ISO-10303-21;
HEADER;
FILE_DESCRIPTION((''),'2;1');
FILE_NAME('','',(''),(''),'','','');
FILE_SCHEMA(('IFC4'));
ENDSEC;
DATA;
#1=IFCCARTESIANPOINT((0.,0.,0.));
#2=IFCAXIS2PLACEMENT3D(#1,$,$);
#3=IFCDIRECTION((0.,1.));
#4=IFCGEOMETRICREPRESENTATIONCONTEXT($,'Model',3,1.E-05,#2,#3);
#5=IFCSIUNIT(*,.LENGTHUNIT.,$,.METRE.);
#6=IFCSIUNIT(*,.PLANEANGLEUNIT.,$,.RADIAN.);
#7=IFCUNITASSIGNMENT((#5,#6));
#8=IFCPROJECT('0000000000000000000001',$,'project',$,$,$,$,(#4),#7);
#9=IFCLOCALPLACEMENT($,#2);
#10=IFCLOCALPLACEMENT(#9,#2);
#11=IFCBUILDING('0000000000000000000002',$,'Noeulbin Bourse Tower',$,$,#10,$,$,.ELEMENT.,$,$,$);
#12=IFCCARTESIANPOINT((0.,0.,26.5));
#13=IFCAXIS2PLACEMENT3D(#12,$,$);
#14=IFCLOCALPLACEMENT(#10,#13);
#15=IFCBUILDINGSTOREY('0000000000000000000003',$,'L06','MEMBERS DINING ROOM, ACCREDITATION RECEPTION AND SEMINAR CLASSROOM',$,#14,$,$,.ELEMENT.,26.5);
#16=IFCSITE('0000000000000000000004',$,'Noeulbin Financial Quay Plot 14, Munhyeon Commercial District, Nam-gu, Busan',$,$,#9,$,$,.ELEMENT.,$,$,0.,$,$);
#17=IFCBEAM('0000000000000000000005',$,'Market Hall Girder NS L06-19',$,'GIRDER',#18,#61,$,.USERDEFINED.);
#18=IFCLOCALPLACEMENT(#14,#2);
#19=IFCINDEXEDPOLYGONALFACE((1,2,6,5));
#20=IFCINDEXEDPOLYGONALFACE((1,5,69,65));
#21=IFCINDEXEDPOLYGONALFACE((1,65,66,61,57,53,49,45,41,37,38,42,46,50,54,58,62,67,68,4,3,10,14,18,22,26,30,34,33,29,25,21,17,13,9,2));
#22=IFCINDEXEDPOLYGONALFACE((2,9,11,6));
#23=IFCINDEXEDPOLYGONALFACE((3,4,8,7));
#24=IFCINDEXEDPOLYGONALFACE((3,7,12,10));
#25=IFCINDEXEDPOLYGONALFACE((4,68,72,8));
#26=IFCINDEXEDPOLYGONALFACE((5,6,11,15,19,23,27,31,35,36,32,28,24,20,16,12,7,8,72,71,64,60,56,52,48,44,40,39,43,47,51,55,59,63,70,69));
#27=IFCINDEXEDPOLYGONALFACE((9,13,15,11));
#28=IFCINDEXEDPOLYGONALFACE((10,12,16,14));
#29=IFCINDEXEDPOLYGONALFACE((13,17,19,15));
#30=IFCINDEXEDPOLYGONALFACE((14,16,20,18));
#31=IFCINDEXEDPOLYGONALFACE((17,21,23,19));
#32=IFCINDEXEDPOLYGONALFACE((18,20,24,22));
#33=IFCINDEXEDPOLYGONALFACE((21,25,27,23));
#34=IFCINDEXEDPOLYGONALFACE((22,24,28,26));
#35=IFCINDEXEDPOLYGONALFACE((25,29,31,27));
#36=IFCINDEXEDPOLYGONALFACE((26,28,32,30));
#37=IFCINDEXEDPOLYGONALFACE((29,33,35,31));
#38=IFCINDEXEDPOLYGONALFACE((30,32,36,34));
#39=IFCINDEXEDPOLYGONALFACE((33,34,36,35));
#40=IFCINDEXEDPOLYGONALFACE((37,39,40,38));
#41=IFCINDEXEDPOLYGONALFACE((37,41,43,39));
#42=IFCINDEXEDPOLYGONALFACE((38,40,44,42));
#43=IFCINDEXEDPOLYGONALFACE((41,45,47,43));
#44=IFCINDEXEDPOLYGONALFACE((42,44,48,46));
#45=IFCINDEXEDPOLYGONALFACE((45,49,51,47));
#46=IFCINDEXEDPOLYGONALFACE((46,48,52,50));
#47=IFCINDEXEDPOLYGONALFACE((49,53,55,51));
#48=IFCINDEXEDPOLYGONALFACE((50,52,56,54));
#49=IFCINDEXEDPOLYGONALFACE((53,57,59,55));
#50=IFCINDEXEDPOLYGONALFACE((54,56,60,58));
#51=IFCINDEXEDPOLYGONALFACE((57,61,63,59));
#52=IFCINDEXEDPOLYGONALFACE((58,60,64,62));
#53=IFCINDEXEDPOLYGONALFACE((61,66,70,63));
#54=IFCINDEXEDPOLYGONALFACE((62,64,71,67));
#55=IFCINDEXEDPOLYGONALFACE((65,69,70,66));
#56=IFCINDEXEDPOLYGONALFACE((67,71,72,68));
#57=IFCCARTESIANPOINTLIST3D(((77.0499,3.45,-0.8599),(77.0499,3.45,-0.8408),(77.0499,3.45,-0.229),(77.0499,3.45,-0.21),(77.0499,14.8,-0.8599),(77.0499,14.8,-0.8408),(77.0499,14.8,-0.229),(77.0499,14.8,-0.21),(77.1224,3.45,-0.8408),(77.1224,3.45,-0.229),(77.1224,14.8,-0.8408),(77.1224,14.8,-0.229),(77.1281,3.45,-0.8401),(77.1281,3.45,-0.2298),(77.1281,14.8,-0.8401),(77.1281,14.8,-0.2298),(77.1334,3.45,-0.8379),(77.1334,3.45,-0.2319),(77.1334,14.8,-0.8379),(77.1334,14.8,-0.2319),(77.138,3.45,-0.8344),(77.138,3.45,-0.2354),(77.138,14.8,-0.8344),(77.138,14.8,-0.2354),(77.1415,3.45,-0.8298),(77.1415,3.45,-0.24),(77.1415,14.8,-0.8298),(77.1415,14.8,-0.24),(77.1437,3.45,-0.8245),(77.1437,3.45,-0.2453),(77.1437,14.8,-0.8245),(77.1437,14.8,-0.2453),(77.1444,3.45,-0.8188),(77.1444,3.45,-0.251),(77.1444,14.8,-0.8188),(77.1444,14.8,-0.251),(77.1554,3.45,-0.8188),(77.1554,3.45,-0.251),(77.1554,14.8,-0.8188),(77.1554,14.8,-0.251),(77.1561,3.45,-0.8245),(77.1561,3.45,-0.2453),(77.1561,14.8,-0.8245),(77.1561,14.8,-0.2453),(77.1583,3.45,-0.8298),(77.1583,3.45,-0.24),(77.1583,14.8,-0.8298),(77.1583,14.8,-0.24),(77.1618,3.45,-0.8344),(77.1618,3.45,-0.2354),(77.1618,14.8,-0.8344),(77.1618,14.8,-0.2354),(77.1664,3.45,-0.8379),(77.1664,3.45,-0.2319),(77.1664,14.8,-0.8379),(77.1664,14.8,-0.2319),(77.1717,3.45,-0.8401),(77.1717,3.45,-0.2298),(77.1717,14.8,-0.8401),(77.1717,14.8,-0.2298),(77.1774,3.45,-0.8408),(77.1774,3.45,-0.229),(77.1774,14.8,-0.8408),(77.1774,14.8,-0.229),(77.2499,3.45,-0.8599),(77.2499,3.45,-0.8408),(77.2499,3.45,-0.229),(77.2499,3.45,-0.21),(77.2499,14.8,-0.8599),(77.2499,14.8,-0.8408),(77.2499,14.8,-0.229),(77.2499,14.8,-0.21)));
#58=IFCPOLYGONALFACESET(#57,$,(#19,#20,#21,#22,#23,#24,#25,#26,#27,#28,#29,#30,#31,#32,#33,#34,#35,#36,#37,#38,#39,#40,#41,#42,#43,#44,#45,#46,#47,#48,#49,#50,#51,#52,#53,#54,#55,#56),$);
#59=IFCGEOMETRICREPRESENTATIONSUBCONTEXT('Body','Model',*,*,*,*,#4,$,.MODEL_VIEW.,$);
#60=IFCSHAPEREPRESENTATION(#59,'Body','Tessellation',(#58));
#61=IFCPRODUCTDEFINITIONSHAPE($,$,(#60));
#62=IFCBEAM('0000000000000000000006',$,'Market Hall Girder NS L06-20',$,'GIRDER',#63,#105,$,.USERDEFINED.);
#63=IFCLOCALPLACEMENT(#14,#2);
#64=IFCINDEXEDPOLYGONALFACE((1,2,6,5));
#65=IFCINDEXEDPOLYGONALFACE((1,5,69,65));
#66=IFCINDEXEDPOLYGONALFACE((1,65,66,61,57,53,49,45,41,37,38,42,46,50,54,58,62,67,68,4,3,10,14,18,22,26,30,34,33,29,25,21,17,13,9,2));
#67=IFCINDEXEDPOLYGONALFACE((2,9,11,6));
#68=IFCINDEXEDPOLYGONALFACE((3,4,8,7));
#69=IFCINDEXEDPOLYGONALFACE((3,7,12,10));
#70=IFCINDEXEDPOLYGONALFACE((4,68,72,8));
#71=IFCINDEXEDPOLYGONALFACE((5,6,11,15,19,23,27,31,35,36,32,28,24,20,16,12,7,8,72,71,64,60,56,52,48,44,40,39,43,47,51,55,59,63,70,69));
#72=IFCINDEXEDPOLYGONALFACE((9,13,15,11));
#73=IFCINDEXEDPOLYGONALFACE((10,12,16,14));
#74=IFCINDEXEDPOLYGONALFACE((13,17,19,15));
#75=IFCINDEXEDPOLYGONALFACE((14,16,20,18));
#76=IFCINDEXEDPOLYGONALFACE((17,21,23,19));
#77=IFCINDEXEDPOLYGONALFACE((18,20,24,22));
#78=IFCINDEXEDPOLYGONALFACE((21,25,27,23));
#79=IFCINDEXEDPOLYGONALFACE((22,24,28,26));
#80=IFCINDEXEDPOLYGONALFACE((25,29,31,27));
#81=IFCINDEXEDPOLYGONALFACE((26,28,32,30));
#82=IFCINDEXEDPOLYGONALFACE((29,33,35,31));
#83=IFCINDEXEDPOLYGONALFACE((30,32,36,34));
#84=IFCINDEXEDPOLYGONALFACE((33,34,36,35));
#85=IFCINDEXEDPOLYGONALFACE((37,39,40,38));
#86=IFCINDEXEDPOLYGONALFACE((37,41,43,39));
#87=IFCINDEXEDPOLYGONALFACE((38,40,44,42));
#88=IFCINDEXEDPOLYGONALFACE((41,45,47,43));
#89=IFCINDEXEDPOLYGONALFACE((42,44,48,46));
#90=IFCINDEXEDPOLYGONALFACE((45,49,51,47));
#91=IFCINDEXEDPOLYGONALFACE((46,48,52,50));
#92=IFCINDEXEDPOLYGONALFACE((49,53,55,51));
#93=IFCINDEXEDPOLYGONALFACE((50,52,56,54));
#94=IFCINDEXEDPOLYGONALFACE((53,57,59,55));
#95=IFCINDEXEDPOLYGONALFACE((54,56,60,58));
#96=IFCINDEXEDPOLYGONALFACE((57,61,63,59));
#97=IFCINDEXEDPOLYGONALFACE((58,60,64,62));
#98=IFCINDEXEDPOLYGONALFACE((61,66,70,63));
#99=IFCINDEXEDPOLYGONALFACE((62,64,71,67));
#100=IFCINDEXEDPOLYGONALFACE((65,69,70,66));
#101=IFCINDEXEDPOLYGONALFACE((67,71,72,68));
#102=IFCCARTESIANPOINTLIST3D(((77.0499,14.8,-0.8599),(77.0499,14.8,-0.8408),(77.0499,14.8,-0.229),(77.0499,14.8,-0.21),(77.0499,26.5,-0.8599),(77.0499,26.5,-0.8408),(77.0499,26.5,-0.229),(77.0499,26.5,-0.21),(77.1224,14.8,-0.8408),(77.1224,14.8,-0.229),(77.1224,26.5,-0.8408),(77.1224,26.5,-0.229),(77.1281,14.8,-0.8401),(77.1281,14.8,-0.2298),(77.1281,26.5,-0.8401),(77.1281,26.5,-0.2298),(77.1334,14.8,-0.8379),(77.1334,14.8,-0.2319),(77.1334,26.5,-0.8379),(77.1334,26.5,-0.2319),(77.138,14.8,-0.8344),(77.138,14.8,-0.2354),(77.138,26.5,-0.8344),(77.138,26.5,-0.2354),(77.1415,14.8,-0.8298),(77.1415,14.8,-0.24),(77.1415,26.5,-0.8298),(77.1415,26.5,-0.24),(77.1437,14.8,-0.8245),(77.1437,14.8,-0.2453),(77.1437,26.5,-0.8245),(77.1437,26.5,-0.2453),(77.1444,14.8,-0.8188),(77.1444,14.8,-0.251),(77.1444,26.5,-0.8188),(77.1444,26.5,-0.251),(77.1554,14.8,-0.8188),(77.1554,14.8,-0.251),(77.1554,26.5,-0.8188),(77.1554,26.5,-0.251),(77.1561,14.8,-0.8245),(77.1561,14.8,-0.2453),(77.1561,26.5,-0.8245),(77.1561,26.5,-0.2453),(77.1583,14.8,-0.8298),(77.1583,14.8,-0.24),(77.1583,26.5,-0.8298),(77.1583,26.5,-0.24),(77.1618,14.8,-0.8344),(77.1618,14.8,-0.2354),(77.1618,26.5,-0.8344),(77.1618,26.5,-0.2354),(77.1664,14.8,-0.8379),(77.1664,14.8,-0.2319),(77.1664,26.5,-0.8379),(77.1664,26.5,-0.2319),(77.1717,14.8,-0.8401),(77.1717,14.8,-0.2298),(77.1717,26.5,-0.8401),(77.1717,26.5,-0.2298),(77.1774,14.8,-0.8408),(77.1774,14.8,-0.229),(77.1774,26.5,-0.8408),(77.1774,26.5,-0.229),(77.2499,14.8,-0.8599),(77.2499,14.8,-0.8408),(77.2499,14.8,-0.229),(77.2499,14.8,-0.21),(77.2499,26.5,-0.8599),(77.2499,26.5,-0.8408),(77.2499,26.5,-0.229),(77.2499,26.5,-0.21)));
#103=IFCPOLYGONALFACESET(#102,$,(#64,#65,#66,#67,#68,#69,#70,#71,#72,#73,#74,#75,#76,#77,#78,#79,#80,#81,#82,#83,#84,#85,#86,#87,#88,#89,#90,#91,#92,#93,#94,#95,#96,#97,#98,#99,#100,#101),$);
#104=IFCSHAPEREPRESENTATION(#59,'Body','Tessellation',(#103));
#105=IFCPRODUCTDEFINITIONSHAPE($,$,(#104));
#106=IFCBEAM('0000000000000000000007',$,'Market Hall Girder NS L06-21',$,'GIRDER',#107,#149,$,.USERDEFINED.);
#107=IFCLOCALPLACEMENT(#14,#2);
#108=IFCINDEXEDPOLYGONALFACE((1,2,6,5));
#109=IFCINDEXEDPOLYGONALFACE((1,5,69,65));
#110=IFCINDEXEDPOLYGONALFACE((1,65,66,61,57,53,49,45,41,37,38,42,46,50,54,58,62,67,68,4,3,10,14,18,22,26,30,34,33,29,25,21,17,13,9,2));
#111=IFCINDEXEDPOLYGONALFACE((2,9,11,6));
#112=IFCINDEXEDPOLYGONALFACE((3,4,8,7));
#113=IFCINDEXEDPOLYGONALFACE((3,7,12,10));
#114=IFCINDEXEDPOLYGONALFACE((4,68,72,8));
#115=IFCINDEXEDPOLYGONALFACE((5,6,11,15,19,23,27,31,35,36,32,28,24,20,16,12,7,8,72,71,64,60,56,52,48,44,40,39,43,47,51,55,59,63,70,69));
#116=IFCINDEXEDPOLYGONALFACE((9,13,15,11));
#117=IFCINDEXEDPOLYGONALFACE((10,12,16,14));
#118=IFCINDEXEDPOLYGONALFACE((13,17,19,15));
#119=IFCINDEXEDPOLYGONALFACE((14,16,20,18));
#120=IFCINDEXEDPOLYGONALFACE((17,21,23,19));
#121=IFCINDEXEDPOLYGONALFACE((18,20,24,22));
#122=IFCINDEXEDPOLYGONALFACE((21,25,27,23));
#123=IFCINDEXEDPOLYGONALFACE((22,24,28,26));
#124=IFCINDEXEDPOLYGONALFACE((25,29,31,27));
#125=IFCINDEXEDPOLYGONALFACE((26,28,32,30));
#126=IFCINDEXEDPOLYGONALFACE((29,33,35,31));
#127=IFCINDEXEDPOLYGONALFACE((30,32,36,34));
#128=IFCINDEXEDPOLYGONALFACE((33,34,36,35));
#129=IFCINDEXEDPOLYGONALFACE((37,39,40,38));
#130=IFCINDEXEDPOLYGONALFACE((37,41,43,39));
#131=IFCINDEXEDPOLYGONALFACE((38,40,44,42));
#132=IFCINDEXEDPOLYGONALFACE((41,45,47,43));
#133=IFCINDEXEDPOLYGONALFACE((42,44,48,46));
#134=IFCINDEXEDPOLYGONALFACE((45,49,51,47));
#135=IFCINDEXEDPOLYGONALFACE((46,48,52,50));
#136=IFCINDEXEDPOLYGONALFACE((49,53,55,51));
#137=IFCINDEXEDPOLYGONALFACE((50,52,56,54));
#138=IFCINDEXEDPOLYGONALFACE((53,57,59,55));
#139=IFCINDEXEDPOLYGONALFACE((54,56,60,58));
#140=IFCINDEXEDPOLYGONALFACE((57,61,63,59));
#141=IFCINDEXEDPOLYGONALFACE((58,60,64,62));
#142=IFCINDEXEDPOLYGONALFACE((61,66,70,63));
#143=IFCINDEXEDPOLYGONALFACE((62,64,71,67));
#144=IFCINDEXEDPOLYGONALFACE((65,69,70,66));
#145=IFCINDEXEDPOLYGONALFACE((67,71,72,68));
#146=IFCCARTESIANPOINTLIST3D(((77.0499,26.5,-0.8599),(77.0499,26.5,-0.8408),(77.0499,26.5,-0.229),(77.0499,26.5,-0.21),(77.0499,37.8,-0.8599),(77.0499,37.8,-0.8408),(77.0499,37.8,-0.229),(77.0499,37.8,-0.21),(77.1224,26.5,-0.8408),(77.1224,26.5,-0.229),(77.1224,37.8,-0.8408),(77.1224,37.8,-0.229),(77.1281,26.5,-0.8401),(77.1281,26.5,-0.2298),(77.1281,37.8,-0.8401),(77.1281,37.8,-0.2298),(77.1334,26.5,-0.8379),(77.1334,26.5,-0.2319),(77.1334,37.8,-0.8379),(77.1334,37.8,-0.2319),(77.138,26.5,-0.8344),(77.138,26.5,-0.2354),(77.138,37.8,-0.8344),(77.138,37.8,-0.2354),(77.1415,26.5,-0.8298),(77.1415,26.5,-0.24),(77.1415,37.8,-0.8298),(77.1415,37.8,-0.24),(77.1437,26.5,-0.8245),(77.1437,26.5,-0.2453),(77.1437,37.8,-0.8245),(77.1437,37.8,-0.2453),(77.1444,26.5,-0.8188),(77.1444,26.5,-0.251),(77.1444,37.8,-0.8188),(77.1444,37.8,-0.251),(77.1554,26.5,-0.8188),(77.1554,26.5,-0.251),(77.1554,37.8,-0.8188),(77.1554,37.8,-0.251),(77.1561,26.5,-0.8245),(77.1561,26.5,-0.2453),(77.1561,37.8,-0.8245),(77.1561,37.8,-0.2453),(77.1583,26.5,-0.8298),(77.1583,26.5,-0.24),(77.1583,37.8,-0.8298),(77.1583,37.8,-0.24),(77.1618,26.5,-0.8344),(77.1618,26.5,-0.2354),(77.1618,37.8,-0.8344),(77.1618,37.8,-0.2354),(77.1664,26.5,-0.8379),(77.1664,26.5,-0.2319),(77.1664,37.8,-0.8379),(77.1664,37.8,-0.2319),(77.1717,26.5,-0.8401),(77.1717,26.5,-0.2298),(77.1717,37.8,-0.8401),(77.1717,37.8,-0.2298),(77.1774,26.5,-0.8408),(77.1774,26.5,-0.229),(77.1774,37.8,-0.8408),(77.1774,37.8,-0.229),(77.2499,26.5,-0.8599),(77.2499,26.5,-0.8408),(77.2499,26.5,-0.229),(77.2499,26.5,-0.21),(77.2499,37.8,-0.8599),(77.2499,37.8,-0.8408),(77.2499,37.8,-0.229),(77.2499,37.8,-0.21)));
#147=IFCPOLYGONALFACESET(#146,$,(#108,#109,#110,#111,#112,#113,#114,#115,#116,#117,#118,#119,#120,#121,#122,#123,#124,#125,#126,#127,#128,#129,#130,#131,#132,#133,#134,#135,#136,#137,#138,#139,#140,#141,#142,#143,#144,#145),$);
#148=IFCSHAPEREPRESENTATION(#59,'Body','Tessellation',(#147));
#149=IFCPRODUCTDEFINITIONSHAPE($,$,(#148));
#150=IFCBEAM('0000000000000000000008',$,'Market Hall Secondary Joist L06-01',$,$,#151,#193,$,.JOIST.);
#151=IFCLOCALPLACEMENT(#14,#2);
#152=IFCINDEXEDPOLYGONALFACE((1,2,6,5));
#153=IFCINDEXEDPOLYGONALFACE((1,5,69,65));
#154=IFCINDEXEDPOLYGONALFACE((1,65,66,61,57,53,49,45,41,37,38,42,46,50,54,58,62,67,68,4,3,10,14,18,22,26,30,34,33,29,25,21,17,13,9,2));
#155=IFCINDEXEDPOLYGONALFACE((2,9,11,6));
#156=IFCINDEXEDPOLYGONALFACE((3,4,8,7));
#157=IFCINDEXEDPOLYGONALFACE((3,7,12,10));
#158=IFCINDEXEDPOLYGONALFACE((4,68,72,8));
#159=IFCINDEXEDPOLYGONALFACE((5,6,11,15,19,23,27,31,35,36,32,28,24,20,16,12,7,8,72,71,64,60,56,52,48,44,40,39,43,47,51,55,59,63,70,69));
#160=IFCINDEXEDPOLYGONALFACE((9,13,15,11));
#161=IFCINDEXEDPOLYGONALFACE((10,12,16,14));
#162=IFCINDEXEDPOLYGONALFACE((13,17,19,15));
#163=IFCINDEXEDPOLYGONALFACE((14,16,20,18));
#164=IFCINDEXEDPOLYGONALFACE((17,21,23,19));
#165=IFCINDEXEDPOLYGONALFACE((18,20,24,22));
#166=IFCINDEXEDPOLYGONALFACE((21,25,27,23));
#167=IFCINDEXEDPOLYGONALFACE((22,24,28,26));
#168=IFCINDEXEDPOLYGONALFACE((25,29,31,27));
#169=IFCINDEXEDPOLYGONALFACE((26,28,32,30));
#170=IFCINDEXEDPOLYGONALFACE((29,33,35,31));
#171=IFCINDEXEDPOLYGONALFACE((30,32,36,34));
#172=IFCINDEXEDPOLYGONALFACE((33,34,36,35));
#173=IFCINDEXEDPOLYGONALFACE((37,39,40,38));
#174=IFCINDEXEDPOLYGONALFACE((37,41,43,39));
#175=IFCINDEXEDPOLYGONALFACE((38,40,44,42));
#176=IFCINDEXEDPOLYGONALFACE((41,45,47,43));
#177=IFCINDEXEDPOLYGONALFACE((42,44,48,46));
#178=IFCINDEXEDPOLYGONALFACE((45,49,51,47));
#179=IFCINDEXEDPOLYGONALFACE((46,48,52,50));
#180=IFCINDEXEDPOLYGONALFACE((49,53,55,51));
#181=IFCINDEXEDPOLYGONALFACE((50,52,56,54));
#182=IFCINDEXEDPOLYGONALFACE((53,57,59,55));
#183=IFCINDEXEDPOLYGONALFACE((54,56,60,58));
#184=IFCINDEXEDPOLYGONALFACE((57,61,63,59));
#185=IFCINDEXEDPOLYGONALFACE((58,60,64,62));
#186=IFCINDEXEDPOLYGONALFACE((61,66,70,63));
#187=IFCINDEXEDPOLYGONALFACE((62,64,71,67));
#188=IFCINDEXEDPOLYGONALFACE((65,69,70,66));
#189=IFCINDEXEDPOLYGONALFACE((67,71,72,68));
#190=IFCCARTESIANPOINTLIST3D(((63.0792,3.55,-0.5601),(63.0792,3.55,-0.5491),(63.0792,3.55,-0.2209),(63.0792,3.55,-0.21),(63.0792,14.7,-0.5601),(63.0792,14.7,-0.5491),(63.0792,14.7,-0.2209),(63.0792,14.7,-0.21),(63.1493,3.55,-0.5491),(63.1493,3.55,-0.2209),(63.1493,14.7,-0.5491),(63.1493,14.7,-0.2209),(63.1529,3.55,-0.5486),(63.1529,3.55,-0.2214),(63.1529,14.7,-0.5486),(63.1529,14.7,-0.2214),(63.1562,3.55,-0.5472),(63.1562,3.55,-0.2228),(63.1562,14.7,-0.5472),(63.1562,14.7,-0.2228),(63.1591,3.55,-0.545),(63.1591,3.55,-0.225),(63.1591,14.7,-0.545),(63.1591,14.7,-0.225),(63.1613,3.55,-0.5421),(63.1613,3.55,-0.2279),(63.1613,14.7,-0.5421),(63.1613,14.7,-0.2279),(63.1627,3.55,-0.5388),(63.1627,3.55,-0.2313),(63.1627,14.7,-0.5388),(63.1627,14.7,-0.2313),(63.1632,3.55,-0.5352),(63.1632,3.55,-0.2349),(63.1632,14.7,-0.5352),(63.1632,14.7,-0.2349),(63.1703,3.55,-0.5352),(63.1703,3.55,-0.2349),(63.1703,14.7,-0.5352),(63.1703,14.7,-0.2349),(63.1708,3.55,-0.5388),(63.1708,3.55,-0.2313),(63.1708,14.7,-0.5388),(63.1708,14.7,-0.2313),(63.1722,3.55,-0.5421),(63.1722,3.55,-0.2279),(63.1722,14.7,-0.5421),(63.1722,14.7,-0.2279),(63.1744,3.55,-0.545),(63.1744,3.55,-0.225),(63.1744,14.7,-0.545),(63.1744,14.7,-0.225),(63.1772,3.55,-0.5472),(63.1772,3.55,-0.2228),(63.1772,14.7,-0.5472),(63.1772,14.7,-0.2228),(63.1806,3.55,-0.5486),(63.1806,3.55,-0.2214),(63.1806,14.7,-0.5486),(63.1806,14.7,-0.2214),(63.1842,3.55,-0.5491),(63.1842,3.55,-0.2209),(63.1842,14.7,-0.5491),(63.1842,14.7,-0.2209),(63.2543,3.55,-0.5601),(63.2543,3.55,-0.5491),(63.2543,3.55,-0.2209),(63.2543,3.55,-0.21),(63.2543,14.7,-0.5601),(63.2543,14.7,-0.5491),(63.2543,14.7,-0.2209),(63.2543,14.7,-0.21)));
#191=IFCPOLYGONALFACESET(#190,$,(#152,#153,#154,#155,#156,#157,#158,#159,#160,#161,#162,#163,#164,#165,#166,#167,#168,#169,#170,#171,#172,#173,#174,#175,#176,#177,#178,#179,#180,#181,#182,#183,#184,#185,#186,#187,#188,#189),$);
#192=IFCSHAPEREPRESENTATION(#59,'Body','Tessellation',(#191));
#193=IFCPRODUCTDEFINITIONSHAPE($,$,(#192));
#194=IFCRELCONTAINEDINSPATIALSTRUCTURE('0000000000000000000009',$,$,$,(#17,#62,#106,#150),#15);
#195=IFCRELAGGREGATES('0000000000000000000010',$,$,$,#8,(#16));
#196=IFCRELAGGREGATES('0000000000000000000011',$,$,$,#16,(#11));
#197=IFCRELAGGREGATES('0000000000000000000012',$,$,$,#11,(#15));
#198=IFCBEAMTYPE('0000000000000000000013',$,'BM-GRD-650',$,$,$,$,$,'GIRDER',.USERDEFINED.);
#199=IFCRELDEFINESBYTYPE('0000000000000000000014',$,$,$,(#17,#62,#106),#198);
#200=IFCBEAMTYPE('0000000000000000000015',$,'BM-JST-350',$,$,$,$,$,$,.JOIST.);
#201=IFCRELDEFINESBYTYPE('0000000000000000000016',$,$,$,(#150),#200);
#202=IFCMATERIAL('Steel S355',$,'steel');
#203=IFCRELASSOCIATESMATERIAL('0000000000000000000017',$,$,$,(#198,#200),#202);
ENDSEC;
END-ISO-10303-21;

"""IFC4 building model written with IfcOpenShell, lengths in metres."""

from ifc_helpers import new_model, si_unit, direction, frame, origin, origin_2d, place, context, subcontext, project, spatial, i_section, extrude, material, material_profile, profile_set, type_object, element, save


model = new_model("IFC4")

# Units and contexts
model_context = context("Model", 3, precision=1e-05, world=origin(), true_north=direction((0.0, 1.0)))
body_context = subcontext(model_context, "Body", "Model", "MODEL_VIEW")
ifc_project = project(units=[si_unit("LENGTHUNIT", "METRE"), si_unit("PLANEANGLEUNIT", "RADIAN")], contexts=[model_context])

# Site, building, storey
site_placement = place(None, origin())
site = spatial("IfcSite", under=ifc_project, at=site_placement, Name="Noeulbin Financial Quay Plot 14, Munhyeon Commercial District, Nam-gu, Busan", CompositionType="ELEMENT", RefElevation=0.0)
building_placement = place(site_placement, origin())
building = spatial("IfcBuilding", under=site, at=building_placement, Name="Noeulbin Bourse Tower", CompositionType="ELEMENT")
storey_placement = place(building_placement, frame((0.0, 0.0, 26.5)))
storey = spatial("IfcBuildingStorey", under=building, at=storey_placement, Name="L06", Description="MEMBERS DINING ROOM, ACCREDITATION RECEPTION AND SEMINAR CLASSROOM", CompositionType="ELEMENT", Elevation=26.5)

# Beams
ifc_material_1 = material(Name="Steel S355", Category="steel")
ifc_material_profile_1 = material_profile(ifc_material_1, i_section(OverallWidth=0.2, OverallDepth=0.6499, WebThickness=0.011, FlangeThickness=0.019, FilletRadius=0.022, at=origin_2d()), Name="H-650x200x11x19", Category="LoadBearing")
ifc_profile_set_1 = profile_set([ifc_material_profile_1], Name="Steel S355")
beam_type_1 = type_object("IfcBeamType", Name="BM-GRD-650", ElementType="GIRDER", PredefinedType="USERDEFINED", material=ifc_profile_set_1)
beam_1_placement = place(storey_placement, frame((77.1499, 3.45, -0.5349), z_axis=(0.0, 1.0, 0.0), x_axis=(-1.0, 0.0, 0.0)))
element("IfcBeam", 1, at=beam_1_placement, inside=storey, type_object=beam_type_1, Name="Market Hall Girder NS L06-19", ObjectType="GIRDER", PredefinedType="USERDEFINED", context=body_context, shape_type="SweptSolid", body=[
    extrude(i_section(OverallWidth=0.2, OverallDepth=0.6499, WebThickness=0.011, FlangeThickness=0.019, FilletRadius=0.022, at=origin_2d()), origin(), (0.0, 0.0, 1.0), 11.3501),
])
beam_2_placement = place(storey_placement, frame((77.1499, 14.8, -0.5349), z_axis=(0.0, 1.0, 0.0), x_axis=(-1.0, 0.0, 0.0)))
element("IfcBeam", 2, at=beam_2_placement, inside=storey, type_object=beam_type_1, Name="Market Hall Girder NS L06-20", ObjectType="GIRDER", PredefinedType="USERDEFINED", context=body_context, shape_type="SweptSolid", body=[
    extrude(i_section(OverallWidth=0.2, OverallDepth=0.6499, WebThickness=0.011, FlangeThickness=0.019, FilletRadius=0.022, at=origin_2d()), origin(), (0.0, 0.0, 1.0), 11.7),
])
beam_3_placement = place(storey_placement, frame((77.1499, 26.5, -0.5349), z_axis=(0.0, 1.0, 0.0), x_axis=(-1.0, 0.0, 0.0)))
element("IfcBeam", 3, at=beam_3_placement, inside=storey, type_object=beam_type_1, Name="Market Hall Girder NS L06-21", ObjectType="GIRDER", PredefinedType="USERDEFINED", context=body_context, shape_type="SweptSolid", body=[
    extrude(i_section(OverallWidth=0.2, OverallDepth=0.6499, WebThickness=0.011, FlangeThickness=0.019, FilletRadius=0.022, at=origin_2d()), origin(), (0.0, 0.0, 1.0), 11.3),
])
ifc_material_profile_2 = material_profile(ifc_material_1, i_section(OverallWidth=0.175, OverallDepth=0.3501, WebThickness=0.0071, FlangeThickness=0.011, FilletRadius=0.0139, at=origin_2d()), Name="H-350x175x7x11", Category="LoadBearing")
ifc_profile_set_2 = profile_set([ifc_material_profile_2], Name="Steel S355")
beam_type_2 = type_object("IfcBeamType", Name="BM-JST-350", PredefinedType="JOIST", material=ifc_profile_set_2)
beam_4_placement = place(storey_placement, frame((63.1667, 3.55, -0.385), z_axis=(0.0, 1.0, 0.0), x_axis=(-1.0, 0.0, 0.0)))
element("IfcBeam", 4, at=beam_4_placement, inside=storey, type_object=beam_type_2, Name="Market Hall Secondary Joist L06-01", PredefinedType="JOIST", context=body_context, shape_type="SweptSolid", body=[
    extrude(i_section(OverallWidth=0.175, OverallDepth=0.3501, WebThickness=0.0071, FlangeThickness=0.011, FilletRadius=0.0139, at=origin_2d()), origin(), (0.0, 0.0, 1.0), 11.1499),
])

save(model, "model.ifc")
